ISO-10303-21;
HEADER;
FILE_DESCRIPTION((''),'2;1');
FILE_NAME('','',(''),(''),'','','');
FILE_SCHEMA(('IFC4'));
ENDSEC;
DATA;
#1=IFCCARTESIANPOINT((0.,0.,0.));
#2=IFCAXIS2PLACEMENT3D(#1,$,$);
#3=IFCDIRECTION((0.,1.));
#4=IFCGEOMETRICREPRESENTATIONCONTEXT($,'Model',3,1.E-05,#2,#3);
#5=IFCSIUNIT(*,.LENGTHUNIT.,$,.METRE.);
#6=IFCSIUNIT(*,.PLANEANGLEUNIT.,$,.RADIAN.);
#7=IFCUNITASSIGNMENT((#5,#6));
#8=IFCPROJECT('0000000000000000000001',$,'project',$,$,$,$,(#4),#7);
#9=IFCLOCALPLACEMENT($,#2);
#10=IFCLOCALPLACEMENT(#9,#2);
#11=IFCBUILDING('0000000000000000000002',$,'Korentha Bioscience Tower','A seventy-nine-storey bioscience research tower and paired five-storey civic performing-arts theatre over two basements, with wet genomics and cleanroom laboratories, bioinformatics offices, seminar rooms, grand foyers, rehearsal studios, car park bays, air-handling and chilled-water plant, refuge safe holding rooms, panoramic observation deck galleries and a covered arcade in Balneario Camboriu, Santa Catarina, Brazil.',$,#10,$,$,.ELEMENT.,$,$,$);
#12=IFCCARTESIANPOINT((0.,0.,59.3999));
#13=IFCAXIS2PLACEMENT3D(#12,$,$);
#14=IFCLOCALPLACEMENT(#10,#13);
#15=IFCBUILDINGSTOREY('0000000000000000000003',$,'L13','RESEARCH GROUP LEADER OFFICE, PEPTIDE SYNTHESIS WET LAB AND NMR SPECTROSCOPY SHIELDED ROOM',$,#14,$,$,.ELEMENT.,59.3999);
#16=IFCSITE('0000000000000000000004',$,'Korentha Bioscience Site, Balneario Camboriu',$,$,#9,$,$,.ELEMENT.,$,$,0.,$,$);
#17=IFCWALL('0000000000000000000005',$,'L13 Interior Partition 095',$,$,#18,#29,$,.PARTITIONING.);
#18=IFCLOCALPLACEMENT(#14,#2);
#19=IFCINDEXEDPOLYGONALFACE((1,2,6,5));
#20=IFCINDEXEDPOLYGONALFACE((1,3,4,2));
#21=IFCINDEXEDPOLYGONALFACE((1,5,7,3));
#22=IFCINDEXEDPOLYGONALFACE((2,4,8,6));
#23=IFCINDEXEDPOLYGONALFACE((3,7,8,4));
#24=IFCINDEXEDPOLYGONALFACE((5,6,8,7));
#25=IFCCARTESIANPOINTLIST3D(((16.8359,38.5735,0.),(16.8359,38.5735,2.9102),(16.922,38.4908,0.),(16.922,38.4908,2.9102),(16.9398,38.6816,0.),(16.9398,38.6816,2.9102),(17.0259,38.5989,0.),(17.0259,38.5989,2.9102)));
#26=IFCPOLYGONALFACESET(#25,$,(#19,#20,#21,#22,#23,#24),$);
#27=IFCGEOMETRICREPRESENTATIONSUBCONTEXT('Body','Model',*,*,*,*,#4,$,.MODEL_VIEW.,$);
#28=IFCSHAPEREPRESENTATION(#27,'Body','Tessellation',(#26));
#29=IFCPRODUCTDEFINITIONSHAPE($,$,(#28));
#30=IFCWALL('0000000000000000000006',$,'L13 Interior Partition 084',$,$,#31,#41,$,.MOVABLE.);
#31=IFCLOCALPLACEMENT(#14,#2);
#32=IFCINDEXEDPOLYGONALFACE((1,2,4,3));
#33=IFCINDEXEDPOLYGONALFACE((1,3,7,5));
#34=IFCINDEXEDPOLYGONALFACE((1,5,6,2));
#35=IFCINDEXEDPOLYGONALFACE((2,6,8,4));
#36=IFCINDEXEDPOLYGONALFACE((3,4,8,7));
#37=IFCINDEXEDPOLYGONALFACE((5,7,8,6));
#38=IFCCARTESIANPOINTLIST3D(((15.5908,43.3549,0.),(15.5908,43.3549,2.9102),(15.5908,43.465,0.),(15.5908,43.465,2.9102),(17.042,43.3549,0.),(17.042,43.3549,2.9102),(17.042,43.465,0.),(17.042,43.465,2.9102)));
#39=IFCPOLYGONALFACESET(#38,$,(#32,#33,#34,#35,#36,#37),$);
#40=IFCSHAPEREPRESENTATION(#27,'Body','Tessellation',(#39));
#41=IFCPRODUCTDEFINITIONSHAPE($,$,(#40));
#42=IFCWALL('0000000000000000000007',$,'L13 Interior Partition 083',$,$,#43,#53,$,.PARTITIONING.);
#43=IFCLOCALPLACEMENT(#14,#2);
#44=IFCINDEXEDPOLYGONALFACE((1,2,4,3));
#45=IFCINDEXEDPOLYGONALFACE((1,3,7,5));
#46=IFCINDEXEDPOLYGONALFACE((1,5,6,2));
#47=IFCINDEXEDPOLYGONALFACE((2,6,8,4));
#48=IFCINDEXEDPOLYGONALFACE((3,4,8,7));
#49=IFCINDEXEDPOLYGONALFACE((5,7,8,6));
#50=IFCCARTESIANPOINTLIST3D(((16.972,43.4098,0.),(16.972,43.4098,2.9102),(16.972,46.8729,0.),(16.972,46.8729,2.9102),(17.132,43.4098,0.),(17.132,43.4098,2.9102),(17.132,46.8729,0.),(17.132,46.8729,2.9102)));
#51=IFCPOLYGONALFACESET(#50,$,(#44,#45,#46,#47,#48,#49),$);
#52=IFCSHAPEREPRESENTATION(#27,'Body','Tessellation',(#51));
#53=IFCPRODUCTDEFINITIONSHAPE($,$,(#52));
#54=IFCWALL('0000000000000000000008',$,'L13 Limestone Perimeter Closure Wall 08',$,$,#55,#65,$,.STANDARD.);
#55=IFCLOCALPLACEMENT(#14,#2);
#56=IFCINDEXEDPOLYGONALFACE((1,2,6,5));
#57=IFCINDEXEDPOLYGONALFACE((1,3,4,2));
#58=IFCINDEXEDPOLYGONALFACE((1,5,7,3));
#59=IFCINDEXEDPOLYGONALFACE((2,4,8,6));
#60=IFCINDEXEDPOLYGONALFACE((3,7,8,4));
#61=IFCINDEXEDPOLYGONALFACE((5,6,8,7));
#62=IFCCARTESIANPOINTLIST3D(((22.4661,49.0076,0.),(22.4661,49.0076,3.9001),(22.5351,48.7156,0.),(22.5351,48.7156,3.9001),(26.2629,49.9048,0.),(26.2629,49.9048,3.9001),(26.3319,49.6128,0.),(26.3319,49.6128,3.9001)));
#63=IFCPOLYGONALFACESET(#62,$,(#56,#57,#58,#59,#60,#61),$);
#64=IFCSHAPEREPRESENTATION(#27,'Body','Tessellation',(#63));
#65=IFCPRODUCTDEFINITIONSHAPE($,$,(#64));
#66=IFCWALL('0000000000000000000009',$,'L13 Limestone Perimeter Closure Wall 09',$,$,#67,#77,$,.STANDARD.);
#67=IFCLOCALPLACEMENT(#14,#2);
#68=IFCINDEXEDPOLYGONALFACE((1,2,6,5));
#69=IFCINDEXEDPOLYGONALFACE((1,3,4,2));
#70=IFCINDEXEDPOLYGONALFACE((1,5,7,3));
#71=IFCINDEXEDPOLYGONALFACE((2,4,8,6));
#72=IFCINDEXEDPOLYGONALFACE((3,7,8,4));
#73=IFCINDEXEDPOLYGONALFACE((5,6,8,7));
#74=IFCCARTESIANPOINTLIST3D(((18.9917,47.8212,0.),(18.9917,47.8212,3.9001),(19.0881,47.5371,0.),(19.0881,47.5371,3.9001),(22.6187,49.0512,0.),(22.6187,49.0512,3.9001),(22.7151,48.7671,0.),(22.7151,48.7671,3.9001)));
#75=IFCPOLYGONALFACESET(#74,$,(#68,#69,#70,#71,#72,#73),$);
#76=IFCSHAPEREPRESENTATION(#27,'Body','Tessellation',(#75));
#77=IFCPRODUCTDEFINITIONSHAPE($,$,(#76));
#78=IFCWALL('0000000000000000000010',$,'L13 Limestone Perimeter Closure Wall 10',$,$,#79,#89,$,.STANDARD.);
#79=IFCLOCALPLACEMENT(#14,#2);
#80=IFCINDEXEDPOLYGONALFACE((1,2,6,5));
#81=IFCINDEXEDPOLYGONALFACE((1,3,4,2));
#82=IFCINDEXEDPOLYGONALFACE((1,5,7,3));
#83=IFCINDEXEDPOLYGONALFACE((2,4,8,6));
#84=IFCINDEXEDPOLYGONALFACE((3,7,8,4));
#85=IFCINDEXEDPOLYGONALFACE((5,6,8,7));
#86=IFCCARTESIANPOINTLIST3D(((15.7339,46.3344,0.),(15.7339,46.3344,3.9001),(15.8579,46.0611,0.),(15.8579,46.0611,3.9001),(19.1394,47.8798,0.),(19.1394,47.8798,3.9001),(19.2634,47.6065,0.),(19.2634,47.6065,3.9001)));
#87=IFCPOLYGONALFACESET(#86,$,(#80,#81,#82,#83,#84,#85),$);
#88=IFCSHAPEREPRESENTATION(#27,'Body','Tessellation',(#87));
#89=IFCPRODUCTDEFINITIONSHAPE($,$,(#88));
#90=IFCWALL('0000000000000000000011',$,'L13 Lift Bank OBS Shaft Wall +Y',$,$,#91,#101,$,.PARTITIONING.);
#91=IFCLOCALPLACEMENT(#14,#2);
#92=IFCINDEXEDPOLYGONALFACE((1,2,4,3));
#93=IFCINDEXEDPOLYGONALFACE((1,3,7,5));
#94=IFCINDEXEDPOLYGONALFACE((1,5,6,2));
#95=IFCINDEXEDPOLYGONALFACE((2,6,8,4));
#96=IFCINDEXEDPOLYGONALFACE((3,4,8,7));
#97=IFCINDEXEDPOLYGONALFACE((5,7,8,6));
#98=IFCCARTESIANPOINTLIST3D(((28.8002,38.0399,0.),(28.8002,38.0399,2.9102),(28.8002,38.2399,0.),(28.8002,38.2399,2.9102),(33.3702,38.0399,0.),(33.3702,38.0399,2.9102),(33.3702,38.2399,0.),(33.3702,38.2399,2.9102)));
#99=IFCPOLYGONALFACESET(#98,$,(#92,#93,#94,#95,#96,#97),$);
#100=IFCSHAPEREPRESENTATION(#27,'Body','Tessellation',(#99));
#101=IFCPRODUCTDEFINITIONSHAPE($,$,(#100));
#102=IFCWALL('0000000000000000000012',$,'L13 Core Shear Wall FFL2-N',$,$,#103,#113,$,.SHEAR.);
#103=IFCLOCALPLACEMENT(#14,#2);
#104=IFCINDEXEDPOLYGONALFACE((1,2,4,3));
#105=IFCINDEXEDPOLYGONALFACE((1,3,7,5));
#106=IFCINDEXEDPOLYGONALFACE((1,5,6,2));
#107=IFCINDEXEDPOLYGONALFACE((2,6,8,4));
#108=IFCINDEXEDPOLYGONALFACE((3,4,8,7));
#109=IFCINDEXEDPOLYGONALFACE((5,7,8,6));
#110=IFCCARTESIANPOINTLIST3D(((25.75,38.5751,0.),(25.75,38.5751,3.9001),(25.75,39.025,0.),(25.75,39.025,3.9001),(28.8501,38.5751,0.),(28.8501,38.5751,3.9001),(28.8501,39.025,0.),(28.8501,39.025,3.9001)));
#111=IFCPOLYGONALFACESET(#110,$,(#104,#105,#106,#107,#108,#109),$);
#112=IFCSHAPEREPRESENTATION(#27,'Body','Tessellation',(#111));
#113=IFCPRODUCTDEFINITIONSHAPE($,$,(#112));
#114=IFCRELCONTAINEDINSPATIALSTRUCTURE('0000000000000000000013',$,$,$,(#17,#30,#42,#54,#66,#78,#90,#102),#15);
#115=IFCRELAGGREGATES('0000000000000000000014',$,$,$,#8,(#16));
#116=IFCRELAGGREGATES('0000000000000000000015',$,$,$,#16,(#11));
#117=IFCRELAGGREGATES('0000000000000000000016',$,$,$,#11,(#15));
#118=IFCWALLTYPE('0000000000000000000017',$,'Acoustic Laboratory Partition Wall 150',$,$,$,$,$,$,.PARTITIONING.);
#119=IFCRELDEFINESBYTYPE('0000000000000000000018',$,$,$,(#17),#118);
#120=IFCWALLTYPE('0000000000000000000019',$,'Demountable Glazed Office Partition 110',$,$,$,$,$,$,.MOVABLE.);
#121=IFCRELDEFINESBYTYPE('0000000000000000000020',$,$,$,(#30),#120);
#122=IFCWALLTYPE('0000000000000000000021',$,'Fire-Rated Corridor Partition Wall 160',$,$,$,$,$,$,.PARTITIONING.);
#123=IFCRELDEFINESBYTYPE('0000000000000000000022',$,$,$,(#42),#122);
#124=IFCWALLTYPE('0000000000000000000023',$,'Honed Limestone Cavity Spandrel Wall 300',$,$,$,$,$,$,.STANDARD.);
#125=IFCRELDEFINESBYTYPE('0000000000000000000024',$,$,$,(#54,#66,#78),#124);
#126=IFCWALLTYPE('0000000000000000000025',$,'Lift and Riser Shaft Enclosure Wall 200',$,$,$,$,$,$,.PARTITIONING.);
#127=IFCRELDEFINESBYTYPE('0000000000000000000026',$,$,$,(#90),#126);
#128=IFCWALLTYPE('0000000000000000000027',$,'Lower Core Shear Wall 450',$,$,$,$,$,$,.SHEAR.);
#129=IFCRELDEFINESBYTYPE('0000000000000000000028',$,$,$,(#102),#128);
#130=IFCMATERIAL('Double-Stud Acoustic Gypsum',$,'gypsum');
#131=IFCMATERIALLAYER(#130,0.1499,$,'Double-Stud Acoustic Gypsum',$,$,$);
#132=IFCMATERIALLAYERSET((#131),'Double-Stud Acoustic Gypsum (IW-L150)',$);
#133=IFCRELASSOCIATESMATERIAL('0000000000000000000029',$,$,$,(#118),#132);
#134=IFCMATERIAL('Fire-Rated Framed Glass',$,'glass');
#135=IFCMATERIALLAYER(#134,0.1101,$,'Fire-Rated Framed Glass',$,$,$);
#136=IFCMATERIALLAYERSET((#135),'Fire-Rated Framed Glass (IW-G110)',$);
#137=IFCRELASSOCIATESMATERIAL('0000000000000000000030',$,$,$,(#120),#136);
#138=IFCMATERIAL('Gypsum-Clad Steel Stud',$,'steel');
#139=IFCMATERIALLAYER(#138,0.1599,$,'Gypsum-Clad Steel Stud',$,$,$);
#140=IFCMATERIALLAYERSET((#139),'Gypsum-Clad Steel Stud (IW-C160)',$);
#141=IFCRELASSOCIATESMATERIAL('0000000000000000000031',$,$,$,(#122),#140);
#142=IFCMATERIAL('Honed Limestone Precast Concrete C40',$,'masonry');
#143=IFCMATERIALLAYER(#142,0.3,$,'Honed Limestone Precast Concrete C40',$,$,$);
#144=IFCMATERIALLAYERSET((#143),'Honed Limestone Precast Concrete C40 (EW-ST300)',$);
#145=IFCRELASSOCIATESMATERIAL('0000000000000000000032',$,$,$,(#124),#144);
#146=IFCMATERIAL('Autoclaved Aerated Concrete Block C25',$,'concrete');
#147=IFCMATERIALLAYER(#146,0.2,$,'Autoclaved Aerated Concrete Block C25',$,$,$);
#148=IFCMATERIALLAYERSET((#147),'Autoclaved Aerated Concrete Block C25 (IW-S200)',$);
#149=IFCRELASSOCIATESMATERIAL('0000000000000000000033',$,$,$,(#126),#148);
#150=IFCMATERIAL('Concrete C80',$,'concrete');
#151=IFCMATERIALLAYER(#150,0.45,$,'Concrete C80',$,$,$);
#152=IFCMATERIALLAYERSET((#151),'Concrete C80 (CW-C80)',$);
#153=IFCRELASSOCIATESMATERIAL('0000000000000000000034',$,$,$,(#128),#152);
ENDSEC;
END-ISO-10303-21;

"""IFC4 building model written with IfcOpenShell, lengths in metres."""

from ifc_helpers import new_model, si_unit, direction, frame, frame_2d, origin, place, context, subcontext, project, spatial, rectangle, extrude, material, layer, layer_set, type_object, element, save


model = new_model("IFC4")

# Units and contexts
model_context = context("Model", 3, precision=1e-05, world=origin(), true_north=direction((0.0, 1.0)))
body_context = subcontext(model_context, "Body", "Model", "MODEL_VIEW")
ifc_project = project(units=[si_unit("LENGTHUNIT", "METRE"), si_unit("PLANEANGLEUNIT", "RADIAN")], contexts=[model_context])

# Site, building, storey
site_placement = place(None, origin())
site = spatial("IfcSite", under=ifc_project, at=site_placement, Name="Korentha Bioscience Site, Balneario Camboriu", CompositionType="ELEMENT", RefElevation=0.0)
building_placement = place(site_placement, origin())
building = spatial("IfcBuilding", under=site, at=building_placement, Name="Korentha Bioscience Tower", Description="A seventy-nine-storey bioscience research tower and paired five-storey civic performing-arts theatre over two basements, with wet genomics and cleanroom laboratories, bioinformatics offices, seminar rooms, grand foyers, rehearsal studios, car park bays, air-handling and chilled-water plant, refuge safe holding rooms, panoramic observation deck galleries and a covered arcade in Balneario Camboriu, Santa Catarina, Brazil.", CompositionType="ELEMENT")
storey_placement = place(building_placement, frame((0.0, 0.0, 59.3999)))
storey = spatial("IfcBuildingStorey", under=building, at=storey_placement, Name="L13", Description="RESEARCH GROUP LEADER OFFICE, PEPTIDE SYNTHESIS WET LAB AND NMR SPECTROSCOPY SHIELDED ROOM", CompositionType="ELEMENT", Elevation=59.3999)

# Shared definitions
ifc_material_1 = material(Name="Concrete C80", Category="concrete")

# Walls
ifc_material_2 = material(Name="Double-Stud Acoustic Gypsum", Category="gypsum")
ifc_layer_1 = layer(ifc_material_2, 0.1499, Name="Double-Stud Acoustic Gypsum")
ifc_layer_set_1 = layer_set([ifc_layer_1], Name="Double-Stud Acoustic Gypsum (IW-L150)")
wall_type_1 = type_object("IfcWallType", Name="Acoustic Laboratory Partition Wall 150", PredefinedType="PARTITIONING", material=ifc_layer_set_1)
wall_1_placement = place(storey_placement, frame((16.8879, 38.6274, 0.0), z_axis=(0.0, 0.0, 1.0), x_axis=(0.721265, -0.692659, 0.0)))
element("IfcWall", 1, at=wall_1_placement, inside=storey, type_object=wall_type_1, Name="L13 Interior Partition 095", PredefinedType="PARTITIONING", context=body_context, shape_type="SweptSolid", body=[
    extrude(rectangle(XDim=0.1194, YDim=0.1499, at=frame_2d((0.0596, 0.0))), origin(), (0.0, 0.0, 1.0), 2.9102),
])
ifc_material_3 = material(Name="Fire-Rated Framed Glass", Category="glass")
ifc_layer_2 = layer(ifc_material_3, 0.1101, Name="Fire-Rated Framed Glass")
ifc_layer_set_2 = layer_set([ifc_layer_2], Name="Fire-Rated Framed Glass (IW-G110)")
wall_type_2 = type_object("IfcWallType", Name="Demountable Glazed Office Partition 110", PredefinedType="MOVABLE", material=ifc_layer_set_2)
wall_2_placement = place(storey_placement, frame((17.042, 43.4099, 0.0), z_axis=(0.0, 0.0, 1.0), x_axis=(-1.0, 0.0, 0.0)))
element("IfcWall", 2, at=wall_2_placement, inside=storey, type_object=wall_type_2, Name="L13 Interior Partition 084", PredefinedType="MOVABLE", context=body_context, shape_type="SweptSolid", body=[
    extrude(rectangle(XDim=1.4512, YDim=0.1101, at=frame_2d((0.7256, 0.0))), origin(), (0.0, 0.0, 1.0), 2.9102),
])
ifc_material_4 = material(Name="Gypsum-Clad Steel Stud", Category="steel")
ifc_layer_3 = layer(ifc_material_4, 0.1599, Name="Gypsum-Clad Steel Stud")
ifc_layer_set_3 = layer_set([ifc_layer_3], Name="Gypsum-Clad Steel Stud (IW-C160)")
wall_type_3 = type_object("IfcWallType", Name="Fire-Rated Corridor Partition Wall 160", PredefinedType="PARTITIONING", material=ifc_layer_set_3)
wall_3_placement = place(storey_placement, frame((17.052, 43.4099, 0.0), z_axis=(0.0, 0.0, 1.0), x_axis=(0.0, 1.0, 0.0)))
element("IfcWall", 3, at=wall_3_placement, inside=storey, type_object=wall_type_3, Name="L13 Interior Partition 083", PredefinedType="PARTITIONING", context=body_context, shape_type="SweptSolid", body=[
    extrude(rectangle(XDim=3.4631, YDim=0.1599, at=frame_2d((1.7314, 0.0))), origin(), (0.0, 0.0, 1.0), 2.9102),
])
ifc_material_5 = material(Name="Honed Limestone Precast Concrete C40", Category="masonry")
ifc_layer_4 = layer(ifc_material_5, 0.3, Name="Honed Limestone Precast Concrete C40")
ifc_layer_set_4 = layer_set([ifc_layer_4], Name="Honed Limestone Precast Concrete C40 (EW-ST300)")
wall_type_4 = type_object("IfcWallType", Name="Honed Limestone Cavity Spandrel Wall 300", PredefinedType="STANDARD", material=ifc_layer_set_4)
wall_4_placement = place(storey_placement, frame((26.2974, 49.7588, 0.0), z_axis=(0.0, 0.0, 1.0), x_axis=(-0.973198, -0.22997, 0.0)))
element("IfcWall", 4, at=wall_4_placement, inside=storey, type_object=wall_type_4, Name="L13 Limestone Perimeter Closure Wall 08", PredefinedType="STANDARD", context=body_context, shape_type="SweptSolid", body=[
    extrude(rectangle(XDim=3.9014, YDim=0.3, at=frame_2d((1.9507, 0.0))), origin(), (0.0, 0.0, 1.0), 3.9001),
])
wall_5_placement = place(storey_placement, frame((22.667, 48.9092, 0.0), z_axis=(0.0, 0.0, 1.0), x_axis=(-0.947026, -0.321158, 0.0)))
element("IfcWall", 5, at=wall_5_placement, inside=storey, type_object=wall_type_4, Name="L13 Limestone Perimeter Closure Wall 09", PredefinedType="STANDARD", context=body_context, shape_type="SweptSolid", body=[
    extrude(rectangle(XDim=3.8298, YDim=0.3, at=frame_2d((1.915, 0.0))), origin(), (0.0, 0.0, 1.0), 3.9001),
])
wall_6_placement = place(storey_placement, frame((19.2014, 47.7432, 0.0), z_axis=(0.0, 0.0, 1.0), x_axis=(-0.910623, -0.413237, 0.0)))
element("IfcWall", 6, at=wall_6_placement, inside=storey, type_object=wall_type_4, Name="L13 Limestone Perimeter Closure Wall 10", PredefinedType="STANDARD", context=body_context, shape_type="SweptSolid", body=[
    extrude(rectangle(XDim=3.7397, YDim=0.3, at=frame_2d((1.8699, 0.0))), origin(), (0.0, 0.0, 1.0), 3.9001),
])
ifc_material_6 = material(Name="Autoclaved Aerated Concrete Block C25", Category="concrete")
ifc_layer_5 = layer(ifc_material_6, 0.2, Name="Autoclaved Aerated Concrete Block C25")
ifc_layer_set_5 = layer_set([ifc_layer_5], Name="Autoclaved Aerated Concrete Block C25 (IW-S200)")
wall_type_5 = type_object("IfcWallType", Name="Lift and Riser Shaft Enclosure Wall 200", PredefinedType="PARTITIONING", material=ifc_layer_set_5)
wall_7_placement = place(storey_placement, frame((28.8, 38.1399, 0.0), z_axis=(0.0, 0.0, 1.0), x_axis=(1.0, 0.0, 0.0)))
element("IfcWall", 7, at=wall_7_placement, inside=storey, type_object=wall_type_5, Name="L13 Lift Bank OBS Shaft Wall +Y", PredefinedType="PARTITIONING", context=body_context, shape_type="SweptSolid", body=[
    extrude(rectangle(XDim=4.5701, YDim=0.2, at=frame_2d((2.2852, 0.0))), origin(), (0.0, 0.0, 1.0), 2.9102),
])
ifc_layer_6 = layer(ifc_material_1, 0.45, Name="Concrete C80")
ifc_layer_set_6 = layer_set([ifc_layer_6], Name="Concrete C80 (CW-C80)")
wall_type_6 = type_object("IfcWallType", Name="Lower Core Shear Wall 450", PredefinedType="SHEAR", material=ifc_layer_set_6)
wall_8_placement = place(storey_placement, frame((25.75, 38.8, 0.0), z_axis=(0.0, 0.0, 1.0), x_axis=(1.0, 0.0, 0.0)))
element("IfcWall", 8, at=wall_8_placement, inside=storey, type_object=wall_type_6, Name="L13 Core Shear Wall FFL2-N", PredefinedType="SHEAR", context=body_context, shape_type="SweptSolid", body=[
    extrude(rectangle(XDim=3.1001, YDim=0.45, at=frame_2d((1.55, 0.0))), origin(), (0.0, 0.0, 1.0), 3.9001),
])

save(model, "model.ifc")
